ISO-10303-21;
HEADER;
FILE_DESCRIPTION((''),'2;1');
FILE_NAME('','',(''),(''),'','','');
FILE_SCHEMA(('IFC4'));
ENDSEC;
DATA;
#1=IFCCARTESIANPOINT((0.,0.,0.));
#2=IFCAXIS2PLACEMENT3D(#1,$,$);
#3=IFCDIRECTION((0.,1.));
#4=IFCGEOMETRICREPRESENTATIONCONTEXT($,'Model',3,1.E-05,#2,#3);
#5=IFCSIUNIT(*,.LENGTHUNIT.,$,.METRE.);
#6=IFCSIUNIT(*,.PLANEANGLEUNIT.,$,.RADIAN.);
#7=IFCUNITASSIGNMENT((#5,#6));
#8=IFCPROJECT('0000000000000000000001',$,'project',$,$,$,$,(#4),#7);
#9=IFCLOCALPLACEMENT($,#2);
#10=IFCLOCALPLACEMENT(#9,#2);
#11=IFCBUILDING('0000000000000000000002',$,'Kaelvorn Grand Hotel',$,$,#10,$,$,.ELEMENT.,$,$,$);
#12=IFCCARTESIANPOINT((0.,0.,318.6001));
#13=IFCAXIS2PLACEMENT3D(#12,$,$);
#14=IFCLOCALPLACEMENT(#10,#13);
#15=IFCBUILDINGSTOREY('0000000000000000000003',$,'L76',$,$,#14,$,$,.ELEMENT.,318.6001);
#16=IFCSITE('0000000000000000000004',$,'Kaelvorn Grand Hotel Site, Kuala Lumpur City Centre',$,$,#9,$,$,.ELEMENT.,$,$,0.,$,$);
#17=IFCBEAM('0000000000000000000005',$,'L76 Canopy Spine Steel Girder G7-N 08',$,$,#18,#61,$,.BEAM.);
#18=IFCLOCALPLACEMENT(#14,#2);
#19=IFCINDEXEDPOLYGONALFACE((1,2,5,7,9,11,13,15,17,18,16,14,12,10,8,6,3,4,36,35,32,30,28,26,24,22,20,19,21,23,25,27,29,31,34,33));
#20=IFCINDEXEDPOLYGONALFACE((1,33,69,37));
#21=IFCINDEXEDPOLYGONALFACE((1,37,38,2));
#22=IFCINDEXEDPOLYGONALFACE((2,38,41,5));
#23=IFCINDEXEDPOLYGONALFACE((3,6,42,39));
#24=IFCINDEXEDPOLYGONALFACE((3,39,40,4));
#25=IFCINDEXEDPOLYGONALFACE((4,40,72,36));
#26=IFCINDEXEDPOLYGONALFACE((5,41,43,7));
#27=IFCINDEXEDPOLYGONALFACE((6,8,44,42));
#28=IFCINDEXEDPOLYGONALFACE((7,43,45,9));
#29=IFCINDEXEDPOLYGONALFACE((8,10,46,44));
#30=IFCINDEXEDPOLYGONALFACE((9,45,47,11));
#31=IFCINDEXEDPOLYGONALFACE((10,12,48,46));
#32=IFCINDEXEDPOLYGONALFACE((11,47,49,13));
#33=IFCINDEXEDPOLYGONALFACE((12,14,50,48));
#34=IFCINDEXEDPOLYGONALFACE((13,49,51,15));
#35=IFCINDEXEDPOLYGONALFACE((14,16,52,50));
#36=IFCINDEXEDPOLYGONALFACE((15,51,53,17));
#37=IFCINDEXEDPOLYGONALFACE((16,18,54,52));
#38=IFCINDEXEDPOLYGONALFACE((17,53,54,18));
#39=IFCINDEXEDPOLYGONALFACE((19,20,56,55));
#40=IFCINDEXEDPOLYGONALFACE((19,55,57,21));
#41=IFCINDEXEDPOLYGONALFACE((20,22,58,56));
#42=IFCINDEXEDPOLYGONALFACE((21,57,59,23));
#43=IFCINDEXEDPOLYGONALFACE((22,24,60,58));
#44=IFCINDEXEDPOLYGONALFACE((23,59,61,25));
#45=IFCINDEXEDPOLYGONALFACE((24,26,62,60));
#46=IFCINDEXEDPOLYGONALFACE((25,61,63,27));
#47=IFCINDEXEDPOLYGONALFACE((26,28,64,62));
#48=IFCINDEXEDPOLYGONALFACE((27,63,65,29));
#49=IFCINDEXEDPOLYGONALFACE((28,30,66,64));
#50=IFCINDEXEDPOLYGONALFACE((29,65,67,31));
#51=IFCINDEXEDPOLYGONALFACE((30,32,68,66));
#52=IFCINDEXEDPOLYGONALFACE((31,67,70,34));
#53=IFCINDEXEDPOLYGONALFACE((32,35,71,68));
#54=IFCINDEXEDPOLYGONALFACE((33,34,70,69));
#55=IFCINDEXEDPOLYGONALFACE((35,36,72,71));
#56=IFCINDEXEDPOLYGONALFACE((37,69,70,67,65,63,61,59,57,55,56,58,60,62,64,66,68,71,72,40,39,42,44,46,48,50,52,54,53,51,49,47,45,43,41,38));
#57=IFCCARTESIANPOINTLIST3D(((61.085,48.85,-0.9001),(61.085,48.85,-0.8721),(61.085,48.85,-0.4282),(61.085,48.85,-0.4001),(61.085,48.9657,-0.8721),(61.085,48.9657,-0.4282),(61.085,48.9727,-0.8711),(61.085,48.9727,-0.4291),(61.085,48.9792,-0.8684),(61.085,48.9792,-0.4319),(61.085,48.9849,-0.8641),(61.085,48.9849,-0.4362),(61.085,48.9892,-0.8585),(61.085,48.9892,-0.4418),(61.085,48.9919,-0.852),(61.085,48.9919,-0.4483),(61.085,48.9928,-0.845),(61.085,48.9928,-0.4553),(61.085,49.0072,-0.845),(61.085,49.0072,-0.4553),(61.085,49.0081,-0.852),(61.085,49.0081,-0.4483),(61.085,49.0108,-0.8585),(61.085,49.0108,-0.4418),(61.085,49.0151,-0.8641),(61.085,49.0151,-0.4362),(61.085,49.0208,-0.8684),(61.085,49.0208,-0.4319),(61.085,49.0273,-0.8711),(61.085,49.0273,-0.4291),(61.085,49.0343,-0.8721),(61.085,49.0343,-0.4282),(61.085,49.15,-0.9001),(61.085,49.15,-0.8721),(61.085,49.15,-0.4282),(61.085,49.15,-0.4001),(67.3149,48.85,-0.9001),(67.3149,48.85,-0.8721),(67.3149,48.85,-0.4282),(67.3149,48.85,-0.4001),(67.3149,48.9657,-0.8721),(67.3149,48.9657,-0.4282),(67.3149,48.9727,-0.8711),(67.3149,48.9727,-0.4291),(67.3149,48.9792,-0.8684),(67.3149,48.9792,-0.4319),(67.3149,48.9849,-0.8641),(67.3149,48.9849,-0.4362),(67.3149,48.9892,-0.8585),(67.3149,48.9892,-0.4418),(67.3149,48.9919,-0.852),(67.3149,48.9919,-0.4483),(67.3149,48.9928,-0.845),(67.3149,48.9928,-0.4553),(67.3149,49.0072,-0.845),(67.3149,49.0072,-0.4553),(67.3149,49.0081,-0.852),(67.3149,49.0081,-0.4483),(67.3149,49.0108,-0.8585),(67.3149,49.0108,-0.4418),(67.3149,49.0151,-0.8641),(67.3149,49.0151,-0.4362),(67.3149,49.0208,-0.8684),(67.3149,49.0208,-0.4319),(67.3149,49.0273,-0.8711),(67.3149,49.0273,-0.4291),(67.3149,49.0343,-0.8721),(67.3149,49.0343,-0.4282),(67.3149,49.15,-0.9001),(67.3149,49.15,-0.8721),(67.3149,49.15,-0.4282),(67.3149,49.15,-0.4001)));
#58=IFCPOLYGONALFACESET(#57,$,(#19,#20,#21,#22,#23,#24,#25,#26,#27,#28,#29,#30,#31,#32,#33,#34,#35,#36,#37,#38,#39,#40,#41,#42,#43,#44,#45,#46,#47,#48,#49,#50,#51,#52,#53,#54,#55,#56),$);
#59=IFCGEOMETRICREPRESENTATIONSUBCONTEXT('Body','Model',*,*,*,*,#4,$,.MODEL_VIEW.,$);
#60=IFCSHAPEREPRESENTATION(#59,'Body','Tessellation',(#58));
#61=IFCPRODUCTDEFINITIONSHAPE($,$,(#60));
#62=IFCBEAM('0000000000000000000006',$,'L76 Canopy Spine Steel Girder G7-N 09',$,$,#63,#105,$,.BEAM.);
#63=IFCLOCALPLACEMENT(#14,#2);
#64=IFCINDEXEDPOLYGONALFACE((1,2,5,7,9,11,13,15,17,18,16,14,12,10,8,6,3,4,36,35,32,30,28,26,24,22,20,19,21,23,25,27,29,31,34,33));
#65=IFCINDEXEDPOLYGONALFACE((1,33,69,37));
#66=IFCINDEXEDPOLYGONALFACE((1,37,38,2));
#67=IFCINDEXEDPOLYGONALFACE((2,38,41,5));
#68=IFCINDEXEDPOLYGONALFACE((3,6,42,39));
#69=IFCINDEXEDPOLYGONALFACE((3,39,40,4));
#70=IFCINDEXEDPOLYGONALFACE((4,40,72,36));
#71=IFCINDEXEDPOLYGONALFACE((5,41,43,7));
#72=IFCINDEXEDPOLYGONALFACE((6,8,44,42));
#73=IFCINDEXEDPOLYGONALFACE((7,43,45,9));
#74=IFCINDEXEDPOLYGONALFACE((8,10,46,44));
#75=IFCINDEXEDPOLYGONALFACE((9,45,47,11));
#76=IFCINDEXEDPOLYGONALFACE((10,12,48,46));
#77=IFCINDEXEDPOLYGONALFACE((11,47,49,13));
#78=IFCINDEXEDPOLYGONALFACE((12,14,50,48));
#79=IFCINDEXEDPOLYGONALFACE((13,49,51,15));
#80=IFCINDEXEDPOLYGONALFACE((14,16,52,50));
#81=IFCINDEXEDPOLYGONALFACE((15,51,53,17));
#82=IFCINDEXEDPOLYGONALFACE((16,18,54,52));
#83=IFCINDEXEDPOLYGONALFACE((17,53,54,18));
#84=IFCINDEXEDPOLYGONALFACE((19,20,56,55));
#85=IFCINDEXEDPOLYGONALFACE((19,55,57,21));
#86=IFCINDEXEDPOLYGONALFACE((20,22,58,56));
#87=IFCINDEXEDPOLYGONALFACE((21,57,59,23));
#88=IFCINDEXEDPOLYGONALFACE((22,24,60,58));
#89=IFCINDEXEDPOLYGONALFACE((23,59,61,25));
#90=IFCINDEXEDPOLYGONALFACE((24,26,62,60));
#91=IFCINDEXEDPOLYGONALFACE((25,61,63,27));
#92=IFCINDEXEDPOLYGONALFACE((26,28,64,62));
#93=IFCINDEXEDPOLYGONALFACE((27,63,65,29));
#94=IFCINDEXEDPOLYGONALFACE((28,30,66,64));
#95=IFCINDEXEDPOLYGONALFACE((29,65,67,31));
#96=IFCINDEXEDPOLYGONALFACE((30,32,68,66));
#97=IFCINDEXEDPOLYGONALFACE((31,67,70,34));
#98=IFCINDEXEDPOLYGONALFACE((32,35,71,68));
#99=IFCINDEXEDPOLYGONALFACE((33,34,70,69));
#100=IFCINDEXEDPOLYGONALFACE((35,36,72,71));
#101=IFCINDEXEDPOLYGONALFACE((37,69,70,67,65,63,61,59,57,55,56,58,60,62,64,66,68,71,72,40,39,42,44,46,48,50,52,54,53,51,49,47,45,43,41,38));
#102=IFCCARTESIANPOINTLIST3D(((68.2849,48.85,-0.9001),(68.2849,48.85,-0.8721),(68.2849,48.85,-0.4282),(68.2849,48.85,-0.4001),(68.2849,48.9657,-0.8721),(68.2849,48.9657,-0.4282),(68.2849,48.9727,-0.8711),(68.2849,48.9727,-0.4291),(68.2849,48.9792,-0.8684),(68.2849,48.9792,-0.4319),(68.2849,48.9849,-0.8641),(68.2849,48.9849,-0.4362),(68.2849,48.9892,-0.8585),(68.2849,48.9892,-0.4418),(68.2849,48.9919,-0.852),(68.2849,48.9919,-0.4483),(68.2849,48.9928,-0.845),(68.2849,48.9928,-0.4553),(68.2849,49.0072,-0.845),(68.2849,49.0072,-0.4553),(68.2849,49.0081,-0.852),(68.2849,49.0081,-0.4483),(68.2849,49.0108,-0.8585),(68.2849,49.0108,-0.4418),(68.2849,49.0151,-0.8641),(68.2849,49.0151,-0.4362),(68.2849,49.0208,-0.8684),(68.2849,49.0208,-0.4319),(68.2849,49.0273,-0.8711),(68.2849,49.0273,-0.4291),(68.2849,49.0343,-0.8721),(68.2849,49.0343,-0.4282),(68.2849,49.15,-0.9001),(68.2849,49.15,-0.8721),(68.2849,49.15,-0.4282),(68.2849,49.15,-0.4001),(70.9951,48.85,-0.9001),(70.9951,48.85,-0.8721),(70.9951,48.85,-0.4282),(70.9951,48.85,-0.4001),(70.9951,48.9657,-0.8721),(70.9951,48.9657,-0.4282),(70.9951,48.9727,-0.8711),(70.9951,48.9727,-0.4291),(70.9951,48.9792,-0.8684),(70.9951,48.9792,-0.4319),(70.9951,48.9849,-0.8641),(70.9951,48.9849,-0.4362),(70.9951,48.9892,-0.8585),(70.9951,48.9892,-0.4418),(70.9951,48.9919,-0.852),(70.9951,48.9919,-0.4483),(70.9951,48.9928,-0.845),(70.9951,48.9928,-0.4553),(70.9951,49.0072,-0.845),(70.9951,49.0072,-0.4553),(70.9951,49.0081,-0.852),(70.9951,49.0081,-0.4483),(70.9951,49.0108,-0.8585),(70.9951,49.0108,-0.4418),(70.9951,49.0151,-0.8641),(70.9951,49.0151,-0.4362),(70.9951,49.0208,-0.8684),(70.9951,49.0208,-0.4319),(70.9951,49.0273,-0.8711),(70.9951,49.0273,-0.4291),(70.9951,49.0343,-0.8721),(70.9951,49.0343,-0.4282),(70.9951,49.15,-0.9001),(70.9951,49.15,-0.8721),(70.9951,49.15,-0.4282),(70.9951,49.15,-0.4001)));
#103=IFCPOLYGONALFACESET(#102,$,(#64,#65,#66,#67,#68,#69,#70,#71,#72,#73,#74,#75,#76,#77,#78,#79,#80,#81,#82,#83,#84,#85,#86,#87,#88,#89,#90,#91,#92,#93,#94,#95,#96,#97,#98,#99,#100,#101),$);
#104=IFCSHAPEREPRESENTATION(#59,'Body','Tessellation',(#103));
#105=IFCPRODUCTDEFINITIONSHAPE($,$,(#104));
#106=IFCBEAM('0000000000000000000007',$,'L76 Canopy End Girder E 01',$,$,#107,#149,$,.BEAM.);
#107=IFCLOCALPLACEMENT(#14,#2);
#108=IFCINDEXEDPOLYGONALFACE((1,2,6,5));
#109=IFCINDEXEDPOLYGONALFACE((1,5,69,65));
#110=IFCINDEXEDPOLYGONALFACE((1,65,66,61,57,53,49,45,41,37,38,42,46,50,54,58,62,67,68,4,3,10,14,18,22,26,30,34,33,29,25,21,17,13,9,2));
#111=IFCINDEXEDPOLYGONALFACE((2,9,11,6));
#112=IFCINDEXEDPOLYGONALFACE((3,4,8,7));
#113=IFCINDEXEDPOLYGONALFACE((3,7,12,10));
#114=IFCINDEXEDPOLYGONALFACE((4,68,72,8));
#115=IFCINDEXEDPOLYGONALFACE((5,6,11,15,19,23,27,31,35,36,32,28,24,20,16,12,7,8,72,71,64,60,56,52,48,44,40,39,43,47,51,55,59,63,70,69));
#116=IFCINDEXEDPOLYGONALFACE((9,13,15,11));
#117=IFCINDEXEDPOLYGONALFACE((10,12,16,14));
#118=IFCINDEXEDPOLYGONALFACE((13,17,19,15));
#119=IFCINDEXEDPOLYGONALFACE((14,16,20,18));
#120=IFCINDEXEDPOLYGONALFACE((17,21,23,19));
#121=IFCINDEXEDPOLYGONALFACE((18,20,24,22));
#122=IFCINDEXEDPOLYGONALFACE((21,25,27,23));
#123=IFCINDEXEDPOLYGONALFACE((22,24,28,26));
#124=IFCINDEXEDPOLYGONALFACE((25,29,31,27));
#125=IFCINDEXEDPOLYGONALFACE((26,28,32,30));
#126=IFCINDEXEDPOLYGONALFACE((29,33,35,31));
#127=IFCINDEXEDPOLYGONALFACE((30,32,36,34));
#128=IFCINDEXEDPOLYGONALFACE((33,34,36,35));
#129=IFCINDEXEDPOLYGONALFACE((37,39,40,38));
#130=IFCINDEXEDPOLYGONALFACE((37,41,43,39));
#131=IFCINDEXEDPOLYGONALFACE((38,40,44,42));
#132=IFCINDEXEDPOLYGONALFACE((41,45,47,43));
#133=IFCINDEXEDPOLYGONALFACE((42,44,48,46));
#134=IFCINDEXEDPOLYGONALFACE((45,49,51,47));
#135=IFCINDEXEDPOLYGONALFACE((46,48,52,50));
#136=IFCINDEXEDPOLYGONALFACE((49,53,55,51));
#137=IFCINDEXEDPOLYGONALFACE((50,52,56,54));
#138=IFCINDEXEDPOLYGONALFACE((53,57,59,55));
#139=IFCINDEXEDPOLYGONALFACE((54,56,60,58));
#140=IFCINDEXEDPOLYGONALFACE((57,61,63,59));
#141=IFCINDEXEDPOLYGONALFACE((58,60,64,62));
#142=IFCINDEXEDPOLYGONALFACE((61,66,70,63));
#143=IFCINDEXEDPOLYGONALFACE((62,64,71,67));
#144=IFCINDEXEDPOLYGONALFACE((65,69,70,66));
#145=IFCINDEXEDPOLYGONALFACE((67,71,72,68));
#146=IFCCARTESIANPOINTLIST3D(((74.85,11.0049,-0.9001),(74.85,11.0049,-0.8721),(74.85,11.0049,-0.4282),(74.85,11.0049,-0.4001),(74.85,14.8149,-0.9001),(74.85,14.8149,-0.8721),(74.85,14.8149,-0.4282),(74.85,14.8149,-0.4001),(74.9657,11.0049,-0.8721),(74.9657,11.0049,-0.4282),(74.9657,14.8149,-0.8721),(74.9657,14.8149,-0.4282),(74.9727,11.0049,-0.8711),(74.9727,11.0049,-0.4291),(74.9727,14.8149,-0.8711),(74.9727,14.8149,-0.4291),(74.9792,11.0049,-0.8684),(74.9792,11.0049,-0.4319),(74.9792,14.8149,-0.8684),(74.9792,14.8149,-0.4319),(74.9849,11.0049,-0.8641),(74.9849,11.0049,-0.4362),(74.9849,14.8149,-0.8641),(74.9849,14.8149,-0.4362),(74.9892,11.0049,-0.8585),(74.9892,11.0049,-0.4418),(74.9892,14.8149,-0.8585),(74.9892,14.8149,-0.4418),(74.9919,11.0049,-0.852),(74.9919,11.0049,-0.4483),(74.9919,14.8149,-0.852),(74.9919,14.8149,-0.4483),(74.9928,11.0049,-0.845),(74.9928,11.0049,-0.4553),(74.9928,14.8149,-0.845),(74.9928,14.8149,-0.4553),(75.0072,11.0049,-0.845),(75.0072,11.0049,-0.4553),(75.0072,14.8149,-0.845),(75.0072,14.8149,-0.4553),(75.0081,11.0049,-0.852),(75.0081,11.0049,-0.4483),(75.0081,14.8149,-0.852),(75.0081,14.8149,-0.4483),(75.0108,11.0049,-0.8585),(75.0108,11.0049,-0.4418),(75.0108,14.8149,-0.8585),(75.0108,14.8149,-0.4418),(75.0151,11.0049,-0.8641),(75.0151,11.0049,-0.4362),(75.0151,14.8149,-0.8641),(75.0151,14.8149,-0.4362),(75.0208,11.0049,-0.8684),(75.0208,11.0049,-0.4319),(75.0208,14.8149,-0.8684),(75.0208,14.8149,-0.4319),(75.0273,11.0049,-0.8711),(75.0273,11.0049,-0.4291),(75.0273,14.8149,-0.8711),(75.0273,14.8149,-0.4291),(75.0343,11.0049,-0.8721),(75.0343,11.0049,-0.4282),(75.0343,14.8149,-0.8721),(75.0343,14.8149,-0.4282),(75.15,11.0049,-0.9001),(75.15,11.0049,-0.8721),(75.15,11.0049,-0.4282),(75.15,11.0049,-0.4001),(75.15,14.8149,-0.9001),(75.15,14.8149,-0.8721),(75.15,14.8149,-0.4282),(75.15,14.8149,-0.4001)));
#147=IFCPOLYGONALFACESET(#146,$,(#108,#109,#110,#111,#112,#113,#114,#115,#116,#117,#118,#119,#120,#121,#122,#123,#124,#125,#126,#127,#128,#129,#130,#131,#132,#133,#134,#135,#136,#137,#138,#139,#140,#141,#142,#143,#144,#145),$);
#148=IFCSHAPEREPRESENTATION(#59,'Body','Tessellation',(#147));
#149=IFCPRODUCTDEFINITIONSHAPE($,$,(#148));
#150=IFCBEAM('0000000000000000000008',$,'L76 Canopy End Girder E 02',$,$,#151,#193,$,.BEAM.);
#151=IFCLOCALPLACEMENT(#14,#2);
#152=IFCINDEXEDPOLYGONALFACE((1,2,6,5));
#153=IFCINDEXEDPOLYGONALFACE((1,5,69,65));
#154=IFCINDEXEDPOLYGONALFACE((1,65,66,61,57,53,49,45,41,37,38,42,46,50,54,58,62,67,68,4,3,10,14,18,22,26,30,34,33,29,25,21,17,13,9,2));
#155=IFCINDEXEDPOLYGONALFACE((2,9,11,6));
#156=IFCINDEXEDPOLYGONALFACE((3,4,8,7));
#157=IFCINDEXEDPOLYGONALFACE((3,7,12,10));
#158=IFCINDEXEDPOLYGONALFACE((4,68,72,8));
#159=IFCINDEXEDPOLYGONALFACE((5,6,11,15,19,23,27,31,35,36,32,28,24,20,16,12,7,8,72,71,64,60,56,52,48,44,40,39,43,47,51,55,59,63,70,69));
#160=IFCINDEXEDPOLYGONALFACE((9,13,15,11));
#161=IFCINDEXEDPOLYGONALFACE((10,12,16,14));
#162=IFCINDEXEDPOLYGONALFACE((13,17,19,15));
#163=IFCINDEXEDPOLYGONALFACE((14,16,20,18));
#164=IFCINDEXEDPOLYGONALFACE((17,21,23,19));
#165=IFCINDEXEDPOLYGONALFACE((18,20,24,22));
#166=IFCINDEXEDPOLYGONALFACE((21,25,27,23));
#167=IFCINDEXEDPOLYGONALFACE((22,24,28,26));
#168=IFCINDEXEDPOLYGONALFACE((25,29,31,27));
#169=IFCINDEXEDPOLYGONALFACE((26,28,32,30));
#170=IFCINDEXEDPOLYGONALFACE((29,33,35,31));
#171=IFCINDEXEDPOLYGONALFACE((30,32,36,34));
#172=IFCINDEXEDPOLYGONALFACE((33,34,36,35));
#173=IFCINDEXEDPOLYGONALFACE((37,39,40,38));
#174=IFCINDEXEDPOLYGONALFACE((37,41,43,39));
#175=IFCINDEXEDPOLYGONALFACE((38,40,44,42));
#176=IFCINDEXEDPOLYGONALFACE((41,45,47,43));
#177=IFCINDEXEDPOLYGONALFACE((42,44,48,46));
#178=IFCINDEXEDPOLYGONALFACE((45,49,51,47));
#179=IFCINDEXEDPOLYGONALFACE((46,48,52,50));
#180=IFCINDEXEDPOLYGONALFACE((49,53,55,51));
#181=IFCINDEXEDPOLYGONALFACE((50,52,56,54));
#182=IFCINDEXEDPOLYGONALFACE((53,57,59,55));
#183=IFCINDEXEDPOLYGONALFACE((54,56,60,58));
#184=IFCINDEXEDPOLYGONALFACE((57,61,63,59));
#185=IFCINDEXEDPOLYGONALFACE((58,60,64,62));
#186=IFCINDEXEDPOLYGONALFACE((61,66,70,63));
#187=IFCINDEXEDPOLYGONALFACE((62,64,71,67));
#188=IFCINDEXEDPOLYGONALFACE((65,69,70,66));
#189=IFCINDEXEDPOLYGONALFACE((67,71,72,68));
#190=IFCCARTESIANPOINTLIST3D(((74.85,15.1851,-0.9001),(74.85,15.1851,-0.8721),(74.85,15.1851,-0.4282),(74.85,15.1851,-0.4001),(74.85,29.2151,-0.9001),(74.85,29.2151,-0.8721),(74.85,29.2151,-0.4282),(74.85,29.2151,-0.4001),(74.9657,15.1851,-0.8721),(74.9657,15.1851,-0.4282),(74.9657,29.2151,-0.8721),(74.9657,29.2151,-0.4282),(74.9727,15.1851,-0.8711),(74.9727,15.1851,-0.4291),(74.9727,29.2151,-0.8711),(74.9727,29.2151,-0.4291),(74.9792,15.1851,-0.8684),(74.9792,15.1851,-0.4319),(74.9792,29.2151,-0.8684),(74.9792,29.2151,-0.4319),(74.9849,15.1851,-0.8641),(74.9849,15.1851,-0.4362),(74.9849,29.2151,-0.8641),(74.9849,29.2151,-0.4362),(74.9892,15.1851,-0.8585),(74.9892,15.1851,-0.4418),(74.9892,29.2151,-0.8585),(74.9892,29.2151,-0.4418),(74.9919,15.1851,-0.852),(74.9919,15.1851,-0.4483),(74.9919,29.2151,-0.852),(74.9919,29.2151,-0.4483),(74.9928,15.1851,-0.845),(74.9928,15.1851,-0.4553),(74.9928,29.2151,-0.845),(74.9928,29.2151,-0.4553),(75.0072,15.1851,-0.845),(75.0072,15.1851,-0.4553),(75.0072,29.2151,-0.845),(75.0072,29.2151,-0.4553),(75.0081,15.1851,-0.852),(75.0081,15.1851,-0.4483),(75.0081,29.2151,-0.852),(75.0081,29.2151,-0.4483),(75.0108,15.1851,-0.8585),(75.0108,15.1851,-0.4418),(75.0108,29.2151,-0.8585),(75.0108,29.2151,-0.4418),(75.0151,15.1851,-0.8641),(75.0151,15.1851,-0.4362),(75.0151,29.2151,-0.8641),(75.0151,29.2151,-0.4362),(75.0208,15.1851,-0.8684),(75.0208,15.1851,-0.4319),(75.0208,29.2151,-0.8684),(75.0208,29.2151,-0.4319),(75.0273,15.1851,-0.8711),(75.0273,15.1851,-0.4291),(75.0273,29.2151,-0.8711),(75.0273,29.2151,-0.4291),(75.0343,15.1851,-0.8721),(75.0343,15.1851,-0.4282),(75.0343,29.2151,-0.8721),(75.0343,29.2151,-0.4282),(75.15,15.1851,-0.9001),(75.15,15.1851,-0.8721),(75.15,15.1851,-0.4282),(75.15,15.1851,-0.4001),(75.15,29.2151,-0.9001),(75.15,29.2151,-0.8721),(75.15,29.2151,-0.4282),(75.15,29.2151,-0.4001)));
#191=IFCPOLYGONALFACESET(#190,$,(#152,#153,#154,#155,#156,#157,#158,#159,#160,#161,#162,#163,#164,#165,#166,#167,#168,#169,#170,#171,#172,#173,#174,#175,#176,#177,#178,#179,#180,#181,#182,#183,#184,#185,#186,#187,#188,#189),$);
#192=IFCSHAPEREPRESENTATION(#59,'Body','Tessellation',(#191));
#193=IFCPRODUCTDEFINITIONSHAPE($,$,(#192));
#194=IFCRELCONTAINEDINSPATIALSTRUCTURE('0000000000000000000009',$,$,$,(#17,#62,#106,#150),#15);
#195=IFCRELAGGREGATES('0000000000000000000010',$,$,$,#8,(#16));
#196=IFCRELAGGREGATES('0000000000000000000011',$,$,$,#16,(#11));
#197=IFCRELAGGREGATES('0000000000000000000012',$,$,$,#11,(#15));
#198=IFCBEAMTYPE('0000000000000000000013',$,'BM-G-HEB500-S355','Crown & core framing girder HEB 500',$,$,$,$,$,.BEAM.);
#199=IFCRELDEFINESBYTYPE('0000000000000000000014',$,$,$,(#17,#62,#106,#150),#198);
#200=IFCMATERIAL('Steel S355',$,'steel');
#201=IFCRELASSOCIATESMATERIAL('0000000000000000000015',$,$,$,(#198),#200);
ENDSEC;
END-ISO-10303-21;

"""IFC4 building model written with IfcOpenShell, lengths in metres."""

from ifc_helpers import new_model, si_unit, direction, frame, origin, origin_2d, place, context, subcontext, project, spatial, i_section, extrude, material, material_profile, profile_set, type_object, element, save


model = new_model("IFC4")

# Units and contexts
model_context = context("Model", 3, precision=1e-05, world=origin(), true_north=direction((0.0, 1.0)))
body_context = subcontext(model_context, "Body", "Model", "MODEL_VIEW")
ifc_project = project(units=[si_unit("LENGTHUNIT", "METRE"), si_unit("PLANEANGLEUNIT", "RADIAN")], contexts=[model_context])

# Site, building, storey
site_placement = place(None, origin())
site = spatial("IfcSite", under=ifc_project, at=site_placement, Name="Kaelvorn Grand Hotel Site, Kuala Lumpur City Centre", CompositionType="ELEMENT", RefElevation=0.0)
building_placement = place(site_placement, origin())
building = spatial("IfcBuilding", under=site, at=building_placement, Name="Kaelvorn Grand Hotel", CompositionType="ELEMENT")
storey_placement = place(building_placement, frame((0.0, 0.0, 318.6001)))
storey = spatial("IfcBuildingStorey", under=building, at=storey_placement, Name="L76", CompositionType="ELEMENT", Elevation=318.6001)

# Beams
ifc_material_1 = material(Name="Steel S355", Category="steel")
ifc_material_profile_1 = material_profile(ifc_material_1, i_section(OverallWidth=0.3, OverallDepth=0.5, WebThickness=0.0144, FlangeThickness=0.0281, FilletRadius=0.0271, at=origin_2d()), Name="HEB 500")
ifc_profile_set_1 = profile_set([ifc_material_profile_1], Name="Steel S355")
beam_type = type_object("IfcBeamType", Name="BM-G-HEB500-S355", Description="Crown & core framing girder HEB 500", PredefinedType="BEAM", material=ifc_profile_set_1)
for number, where, z_axis, x_axis, name in (
    (1, (61.085, 49.0, -0.6501), (1.0, 0.0, 0.0), (0.0, 1.0, 0.0), "L76 Canopy Spine Steel Girder G7-N 08"),
):
    element("IfcBeam", number, at=place(storey_placement, frame(where, z_axis=z_axis, x_axis=x_axis)), inside=storey, type_object=beam_type, Name=name, PredefinedType="BEAM", context=body_context, shape_type="SweptSolid", body=[
        extrude(i_section(OverallWidth=0.3, OverallDepth=0.5, WebThickness=0.0144, FlangeThickness=0.0281, FilletRadius=0.0271, at=origin_2d()), origin(), (0.0, 0.0, 1.0), 6.23),
    ])
beam_1_placement = place(storey_placement, frame((68.2849, 49.0, -0.6501), z_axis=(1.0, 0.0, 0.0), x_axis=(0.0, 1.0, 0.0)))
element("IfcBeam", 2, at=beam_1_placement, inside=storey, type_object=beam_type, Name="L76 Canopy Spine Steel Girder G7-N 09", PredefinedType="BEAM", context=body_context, shape_type="SweptSolid", body=[
    extrude(i_section(OverallWidth=0.3, OverallDepth=0.5, WebThickness=0.0144, FlangeThickness=0.0281, FilletRadius=0.0271, at=origin_2d()), origin(), (0.0, 0.0, 1.0), 2.7102),
])
beam_2_placement = place(storey_placement, frame((75.0, 11.0049, -0.6501), z_axis=(0.0, 1.0, 0.0), x_axis=(-1.0, 0.0, 0.0)))
element("IfcBeam", 3, at=beam_2_placement, inside=storey, type_object=beam_type, Name="L76 Canopy End Girder E 01", PredefinedType="BEAM", context=body_context, shape_type="SweptSolid", body=[
    extrude(i_section(OverallWidth=0.3, OverallDepth=0.5, WebThickness=0.0144, FlangeThickness=0.0281, FilletRadius=0.0271, at=origin_2d()), origin(), (0.0, 0.0, 1.0), 3.8101),
])
beam_3_placement = place(storey_placement, frame((75.0, 15.1851, -0.6501), z_axis=(0.0, 1.0, 0.0), x_axis=(-1.0, 0.0, 0.0)))
element("IfcBeam", 4, at=beam_3_placement, inside=storey, type_object=beam_type, Name="L76 Canopy End Girder E 02", PredefinedType="BEAM", context=body_context, shape_type="SweptSolid", body=[
    extrude(i_section(OverallWidth=0.3, OverallDepth=0.5, WebThickness=0.0144, FlangeThickness=0.0281, FilletRadius=0.0271, at=origin_2d()), origin(), (0.0, 0.0, 1.0), 14.03),
])

save(model, "model.ifc")
